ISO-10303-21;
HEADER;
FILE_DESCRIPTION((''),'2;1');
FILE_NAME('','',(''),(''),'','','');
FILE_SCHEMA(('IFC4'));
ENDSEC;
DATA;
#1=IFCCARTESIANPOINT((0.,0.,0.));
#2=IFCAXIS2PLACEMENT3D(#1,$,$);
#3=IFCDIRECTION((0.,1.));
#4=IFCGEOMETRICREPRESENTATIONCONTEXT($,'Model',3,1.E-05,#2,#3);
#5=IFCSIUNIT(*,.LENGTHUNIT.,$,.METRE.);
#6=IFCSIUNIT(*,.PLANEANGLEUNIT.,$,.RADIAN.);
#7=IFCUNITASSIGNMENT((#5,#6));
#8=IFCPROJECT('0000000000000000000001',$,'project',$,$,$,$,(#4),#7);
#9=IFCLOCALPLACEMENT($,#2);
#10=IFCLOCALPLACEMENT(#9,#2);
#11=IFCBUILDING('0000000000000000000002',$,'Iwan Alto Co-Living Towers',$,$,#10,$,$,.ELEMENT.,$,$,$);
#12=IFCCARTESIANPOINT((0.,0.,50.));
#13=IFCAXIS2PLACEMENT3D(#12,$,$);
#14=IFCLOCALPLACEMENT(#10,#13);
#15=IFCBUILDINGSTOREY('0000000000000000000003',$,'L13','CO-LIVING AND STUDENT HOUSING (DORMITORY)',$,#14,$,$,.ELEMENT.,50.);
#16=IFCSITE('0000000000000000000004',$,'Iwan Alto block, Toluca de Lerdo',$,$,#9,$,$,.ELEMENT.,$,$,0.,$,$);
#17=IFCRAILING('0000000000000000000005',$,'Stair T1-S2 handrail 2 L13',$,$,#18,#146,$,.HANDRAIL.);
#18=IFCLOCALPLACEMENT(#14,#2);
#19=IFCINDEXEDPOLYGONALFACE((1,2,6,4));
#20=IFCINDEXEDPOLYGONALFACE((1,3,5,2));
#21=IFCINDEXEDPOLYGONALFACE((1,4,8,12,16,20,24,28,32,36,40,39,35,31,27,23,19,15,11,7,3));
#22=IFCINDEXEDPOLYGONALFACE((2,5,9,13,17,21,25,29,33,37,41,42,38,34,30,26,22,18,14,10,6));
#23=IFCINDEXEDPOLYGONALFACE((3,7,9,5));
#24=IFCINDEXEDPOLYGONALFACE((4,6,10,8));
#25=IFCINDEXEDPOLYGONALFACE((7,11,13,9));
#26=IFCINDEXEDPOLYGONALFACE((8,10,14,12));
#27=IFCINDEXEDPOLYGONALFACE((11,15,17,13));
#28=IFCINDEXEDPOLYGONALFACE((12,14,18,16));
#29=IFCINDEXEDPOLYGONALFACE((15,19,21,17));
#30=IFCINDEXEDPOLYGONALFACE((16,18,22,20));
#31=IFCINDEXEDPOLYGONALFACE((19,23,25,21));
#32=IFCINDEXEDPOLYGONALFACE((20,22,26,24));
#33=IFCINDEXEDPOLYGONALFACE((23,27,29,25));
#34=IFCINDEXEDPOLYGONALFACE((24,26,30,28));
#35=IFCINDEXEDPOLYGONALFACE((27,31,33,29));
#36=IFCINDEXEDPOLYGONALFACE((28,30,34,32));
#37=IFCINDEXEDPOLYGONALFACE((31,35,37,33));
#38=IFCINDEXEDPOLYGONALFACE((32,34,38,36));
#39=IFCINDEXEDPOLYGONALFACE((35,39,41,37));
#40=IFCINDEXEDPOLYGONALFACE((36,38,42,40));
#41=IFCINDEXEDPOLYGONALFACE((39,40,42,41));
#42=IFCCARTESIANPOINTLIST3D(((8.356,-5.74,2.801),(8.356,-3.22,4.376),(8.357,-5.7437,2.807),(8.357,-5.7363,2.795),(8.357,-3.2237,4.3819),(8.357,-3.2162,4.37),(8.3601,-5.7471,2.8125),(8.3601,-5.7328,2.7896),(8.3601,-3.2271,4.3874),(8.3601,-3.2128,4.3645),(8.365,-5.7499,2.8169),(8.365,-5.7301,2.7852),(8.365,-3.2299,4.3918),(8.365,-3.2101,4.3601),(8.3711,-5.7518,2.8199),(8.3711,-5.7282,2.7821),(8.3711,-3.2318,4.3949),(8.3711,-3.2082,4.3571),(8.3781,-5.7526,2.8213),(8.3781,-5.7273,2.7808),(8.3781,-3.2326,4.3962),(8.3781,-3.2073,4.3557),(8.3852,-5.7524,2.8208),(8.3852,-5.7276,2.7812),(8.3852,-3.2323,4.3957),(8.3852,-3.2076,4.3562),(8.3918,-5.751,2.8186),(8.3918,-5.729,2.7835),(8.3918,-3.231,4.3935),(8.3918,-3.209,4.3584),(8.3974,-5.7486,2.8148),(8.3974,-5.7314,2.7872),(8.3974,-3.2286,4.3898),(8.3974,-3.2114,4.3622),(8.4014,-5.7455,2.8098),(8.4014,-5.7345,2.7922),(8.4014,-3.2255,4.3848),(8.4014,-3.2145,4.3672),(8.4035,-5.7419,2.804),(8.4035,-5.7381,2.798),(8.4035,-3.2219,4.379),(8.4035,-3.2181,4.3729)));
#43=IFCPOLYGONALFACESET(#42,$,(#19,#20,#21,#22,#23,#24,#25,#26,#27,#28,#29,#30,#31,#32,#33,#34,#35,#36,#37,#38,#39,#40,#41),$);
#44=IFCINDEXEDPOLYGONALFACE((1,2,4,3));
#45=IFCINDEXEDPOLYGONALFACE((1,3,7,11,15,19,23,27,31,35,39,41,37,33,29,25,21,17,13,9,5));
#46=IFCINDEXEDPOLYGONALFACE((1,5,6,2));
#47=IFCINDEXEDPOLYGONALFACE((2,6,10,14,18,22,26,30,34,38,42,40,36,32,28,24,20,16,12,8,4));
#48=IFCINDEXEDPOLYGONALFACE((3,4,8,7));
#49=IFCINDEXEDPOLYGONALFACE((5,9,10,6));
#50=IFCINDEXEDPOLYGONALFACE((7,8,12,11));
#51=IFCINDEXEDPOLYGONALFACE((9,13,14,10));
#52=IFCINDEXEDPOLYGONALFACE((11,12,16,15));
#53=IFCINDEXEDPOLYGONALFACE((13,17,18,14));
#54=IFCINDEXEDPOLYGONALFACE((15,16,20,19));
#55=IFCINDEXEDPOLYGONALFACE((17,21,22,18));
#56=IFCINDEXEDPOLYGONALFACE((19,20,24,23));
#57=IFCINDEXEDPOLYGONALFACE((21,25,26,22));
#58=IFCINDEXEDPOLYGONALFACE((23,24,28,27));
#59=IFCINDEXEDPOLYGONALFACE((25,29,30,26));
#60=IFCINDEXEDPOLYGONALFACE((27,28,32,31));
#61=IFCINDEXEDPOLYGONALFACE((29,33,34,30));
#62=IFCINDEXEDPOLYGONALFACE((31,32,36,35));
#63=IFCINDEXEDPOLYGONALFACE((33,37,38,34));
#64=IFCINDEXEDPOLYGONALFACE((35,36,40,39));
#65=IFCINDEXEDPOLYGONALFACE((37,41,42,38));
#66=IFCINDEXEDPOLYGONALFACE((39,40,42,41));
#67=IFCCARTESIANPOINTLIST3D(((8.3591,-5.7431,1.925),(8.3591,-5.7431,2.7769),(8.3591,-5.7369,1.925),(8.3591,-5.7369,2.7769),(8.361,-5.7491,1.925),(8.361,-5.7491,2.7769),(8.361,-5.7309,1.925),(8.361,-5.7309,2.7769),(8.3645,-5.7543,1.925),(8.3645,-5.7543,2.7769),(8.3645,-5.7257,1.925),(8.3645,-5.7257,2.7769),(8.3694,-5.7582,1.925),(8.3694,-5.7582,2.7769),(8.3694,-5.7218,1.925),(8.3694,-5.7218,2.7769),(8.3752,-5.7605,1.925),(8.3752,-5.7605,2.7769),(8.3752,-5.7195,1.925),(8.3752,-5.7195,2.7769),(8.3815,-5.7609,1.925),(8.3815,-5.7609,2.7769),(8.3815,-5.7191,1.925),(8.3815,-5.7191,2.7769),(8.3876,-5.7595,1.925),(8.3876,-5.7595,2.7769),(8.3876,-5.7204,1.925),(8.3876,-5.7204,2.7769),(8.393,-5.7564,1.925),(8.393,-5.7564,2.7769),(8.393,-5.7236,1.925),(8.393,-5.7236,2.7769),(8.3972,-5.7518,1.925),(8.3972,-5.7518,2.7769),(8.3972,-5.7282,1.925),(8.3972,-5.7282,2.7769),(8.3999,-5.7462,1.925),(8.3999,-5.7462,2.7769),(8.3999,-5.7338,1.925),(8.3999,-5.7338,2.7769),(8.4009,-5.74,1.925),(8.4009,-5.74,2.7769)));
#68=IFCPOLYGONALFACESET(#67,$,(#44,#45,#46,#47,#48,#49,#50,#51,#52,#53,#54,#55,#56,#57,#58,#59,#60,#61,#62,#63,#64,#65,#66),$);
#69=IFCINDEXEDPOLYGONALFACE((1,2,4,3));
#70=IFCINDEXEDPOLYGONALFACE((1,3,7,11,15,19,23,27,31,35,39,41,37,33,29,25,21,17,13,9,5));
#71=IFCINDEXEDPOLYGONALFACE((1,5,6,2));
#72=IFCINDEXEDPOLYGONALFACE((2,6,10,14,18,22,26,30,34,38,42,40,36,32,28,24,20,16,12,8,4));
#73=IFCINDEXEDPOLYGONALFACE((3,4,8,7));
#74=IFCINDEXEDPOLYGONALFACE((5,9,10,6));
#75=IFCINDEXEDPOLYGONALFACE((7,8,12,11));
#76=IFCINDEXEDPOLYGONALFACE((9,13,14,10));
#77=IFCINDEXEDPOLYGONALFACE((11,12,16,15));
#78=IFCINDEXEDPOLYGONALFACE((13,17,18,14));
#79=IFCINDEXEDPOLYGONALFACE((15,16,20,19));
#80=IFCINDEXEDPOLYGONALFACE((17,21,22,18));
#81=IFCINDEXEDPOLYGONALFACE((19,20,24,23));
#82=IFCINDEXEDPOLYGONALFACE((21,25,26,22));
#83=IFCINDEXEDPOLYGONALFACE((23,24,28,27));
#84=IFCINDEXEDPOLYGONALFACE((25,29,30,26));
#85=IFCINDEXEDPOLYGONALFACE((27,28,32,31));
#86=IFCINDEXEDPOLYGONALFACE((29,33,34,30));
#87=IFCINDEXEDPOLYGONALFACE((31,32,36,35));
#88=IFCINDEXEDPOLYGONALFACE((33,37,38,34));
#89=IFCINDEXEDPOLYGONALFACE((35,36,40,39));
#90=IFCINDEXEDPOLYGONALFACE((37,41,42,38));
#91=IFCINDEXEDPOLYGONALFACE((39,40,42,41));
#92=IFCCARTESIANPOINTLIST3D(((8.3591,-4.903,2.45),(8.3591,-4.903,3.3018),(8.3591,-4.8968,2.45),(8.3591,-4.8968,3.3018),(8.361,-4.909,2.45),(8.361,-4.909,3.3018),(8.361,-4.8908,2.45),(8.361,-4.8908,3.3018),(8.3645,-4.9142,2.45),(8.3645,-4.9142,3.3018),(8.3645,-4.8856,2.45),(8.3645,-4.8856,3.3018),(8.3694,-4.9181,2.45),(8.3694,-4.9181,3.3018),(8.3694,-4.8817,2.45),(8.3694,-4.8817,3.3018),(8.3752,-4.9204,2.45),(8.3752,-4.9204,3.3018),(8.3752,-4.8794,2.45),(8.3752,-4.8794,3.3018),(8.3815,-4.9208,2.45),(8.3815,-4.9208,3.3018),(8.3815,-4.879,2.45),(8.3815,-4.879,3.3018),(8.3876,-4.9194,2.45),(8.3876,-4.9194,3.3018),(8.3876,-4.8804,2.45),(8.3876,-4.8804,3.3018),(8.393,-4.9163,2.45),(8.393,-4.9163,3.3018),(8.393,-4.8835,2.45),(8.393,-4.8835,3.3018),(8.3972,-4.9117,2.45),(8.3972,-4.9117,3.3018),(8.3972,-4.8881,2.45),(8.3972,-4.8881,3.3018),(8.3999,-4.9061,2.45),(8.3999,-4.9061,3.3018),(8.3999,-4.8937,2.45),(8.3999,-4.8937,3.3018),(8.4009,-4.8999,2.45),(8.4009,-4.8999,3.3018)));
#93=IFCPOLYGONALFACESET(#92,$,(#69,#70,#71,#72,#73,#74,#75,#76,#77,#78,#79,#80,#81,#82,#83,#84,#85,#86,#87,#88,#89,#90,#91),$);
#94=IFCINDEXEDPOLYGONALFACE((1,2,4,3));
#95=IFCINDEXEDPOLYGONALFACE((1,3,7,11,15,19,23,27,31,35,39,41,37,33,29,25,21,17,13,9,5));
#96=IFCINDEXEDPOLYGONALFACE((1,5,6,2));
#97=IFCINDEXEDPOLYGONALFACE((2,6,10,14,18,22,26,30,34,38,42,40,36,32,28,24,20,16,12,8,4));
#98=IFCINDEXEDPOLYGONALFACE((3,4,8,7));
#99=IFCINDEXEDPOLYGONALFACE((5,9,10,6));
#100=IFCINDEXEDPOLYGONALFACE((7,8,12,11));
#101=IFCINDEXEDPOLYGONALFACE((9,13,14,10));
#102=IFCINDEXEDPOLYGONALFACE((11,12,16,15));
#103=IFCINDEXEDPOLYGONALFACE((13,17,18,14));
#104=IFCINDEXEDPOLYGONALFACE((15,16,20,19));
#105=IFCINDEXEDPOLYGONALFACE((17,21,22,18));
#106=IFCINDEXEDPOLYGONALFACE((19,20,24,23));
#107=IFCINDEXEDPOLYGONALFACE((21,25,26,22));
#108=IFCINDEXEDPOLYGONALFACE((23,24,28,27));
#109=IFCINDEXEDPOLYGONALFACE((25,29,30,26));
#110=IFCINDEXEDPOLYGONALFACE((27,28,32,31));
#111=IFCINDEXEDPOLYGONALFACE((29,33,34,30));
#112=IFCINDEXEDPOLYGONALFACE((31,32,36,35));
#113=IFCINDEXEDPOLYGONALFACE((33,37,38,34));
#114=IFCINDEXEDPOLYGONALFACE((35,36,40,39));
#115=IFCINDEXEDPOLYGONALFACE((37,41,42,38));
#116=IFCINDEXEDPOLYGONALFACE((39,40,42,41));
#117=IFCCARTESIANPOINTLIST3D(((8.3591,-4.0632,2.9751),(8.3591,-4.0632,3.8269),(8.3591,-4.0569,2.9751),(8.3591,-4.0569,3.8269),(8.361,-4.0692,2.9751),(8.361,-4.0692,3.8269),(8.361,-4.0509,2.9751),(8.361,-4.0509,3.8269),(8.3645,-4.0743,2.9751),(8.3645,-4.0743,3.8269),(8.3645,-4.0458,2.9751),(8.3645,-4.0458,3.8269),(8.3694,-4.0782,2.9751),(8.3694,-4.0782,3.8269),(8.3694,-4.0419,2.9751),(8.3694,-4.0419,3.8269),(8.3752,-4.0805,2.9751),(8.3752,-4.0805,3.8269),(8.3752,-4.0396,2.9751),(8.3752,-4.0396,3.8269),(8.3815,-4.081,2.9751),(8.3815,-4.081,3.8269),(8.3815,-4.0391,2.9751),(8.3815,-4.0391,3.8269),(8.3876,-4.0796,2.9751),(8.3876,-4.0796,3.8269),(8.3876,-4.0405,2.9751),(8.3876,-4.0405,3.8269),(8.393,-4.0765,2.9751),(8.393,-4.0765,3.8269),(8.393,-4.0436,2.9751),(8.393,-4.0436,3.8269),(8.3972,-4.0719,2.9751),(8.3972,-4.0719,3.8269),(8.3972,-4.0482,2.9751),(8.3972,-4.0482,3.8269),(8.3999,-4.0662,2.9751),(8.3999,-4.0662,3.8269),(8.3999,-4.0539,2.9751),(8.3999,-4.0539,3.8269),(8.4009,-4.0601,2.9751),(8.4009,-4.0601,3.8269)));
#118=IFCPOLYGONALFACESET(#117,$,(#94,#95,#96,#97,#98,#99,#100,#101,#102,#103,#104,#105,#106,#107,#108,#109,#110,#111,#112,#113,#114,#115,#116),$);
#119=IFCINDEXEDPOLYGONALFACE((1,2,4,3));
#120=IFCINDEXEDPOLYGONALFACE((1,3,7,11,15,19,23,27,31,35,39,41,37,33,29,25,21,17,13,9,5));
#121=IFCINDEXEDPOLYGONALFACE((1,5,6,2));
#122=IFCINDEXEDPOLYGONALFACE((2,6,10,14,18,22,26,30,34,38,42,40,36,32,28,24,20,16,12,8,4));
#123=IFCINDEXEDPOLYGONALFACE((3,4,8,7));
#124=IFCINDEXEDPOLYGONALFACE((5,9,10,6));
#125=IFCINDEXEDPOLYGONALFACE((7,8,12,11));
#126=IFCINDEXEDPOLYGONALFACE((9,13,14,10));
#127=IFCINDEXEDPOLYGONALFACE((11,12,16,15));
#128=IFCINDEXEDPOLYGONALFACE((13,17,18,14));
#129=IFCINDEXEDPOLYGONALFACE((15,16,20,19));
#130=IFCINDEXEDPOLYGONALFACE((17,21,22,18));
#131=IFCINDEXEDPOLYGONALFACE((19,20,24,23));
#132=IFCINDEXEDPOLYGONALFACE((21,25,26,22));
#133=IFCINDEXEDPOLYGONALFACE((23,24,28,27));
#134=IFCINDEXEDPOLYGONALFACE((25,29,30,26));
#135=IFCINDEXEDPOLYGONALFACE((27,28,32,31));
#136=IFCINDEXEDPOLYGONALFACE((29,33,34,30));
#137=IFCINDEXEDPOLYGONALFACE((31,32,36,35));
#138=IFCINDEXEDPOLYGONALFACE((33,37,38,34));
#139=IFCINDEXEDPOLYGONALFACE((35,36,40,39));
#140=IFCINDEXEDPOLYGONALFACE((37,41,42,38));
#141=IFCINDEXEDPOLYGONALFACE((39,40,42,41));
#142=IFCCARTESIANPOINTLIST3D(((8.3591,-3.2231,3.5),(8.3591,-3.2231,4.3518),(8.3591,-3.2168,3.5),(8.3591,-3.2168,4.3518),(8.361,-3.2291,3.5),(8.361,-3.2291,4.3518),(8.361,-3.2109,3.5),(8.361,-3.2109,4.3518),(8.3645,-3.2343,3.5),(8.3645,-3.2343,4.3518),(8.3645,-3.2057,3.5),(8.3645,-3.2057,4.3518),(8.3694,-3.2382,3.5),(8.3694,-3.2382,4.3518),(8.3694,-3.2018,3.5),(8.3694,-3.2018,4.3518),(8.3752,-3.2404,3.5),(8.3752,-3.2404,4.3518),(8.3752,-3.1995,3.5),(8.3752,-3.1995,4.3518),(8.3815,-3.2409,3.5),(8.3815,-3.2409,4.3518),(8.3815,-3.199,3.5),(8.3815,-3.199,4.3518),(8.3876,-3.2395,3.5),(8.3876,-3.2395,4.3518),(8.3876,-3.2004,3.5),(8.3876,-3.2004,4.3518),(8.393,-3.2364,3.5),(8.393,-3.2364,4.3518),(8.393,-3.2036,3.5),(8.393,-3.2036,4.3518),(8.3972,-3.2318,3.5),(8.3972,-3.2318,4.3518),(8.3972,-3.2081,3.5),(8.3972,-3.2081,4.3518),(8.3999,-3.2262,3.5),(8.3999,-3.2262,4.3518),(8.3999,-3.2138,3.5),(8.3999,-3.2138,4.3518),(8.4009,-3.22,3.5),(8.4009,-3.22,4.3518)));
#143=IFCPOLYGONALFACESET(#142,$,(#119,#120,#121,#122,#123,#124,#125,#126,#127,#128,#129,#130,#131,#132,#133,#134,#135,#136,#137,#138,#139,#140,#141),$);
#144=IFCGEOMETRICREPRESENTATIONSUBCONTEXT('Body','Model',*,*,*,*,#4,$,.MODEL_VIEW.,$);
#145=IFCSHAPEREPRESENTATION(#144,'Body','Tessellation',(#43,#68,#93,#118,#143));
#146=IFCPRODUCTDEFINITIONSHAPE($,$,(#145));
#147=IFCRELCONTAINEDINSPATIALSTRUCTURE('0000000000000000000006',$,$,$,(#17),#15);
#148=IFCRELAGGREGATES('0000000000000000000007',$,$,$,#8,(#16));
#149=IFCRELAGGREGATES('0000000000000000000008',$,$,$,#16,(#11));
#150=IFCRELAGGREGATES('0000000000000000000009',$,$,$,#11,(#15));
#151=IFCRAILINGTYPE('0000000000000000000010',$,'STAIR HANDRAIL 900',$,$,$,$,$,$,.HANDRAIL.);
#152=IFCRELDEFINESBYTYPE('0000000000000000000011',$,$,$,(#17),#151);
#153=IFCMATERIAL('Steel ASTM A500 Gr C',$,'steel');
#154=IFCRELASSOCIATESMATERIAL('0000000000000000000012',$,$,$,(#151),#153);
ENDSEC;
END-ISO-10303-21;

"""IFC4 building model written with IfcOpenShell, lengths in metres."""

from ifc_helpers import new_model, si_unit, direction, frame, origin, origin_2d, place, context, subcontext, project, spatial, circle, extrude, material, type_object, element, save


model = new_model("IFC4")

# Units and contexts
model_context = context("Model", 3, precision=1e-05, world=origin(), true_north=direction((0.0, 1.0)))
body_context = subcontext(model_context, "Body", "Model", "MODEL_VIEW")
ifc_project = project(units=[si_unit("LENGTHUNIT", "METRE"), si_unit("PLANEANGLEUNIT", "RADIAN")], contexts=[model_context])

# Site, building, storey
site_placement = place(None, origin())
site = spatial("IfcSite", under=ifc_project, at=site_placement, Name="Iwan Alto block, Toluca de Lerdo", CompositionType="ELEMENT", RefElevation=0.0)
building_placement = place(site_placement, origin())
building = spatial("IfcBuilding", under=site, at=building_placement, Name="Iwan Alto Co-Living Towers", CompositionType="ELEMENT")
storey_placement = place(building_placement, frame((0.0, 0.0, 50.0)))
storey = spatial("IfcBuildingStorey", under=building, at=storey_placement, Name="L13", Description="CO-LIVING AND STUDENT HOUSING (DORMITORY)", CompositionType="ELEMENT", Elevation=50.0)

# Railing
ifc_material_1 = material(Name="Steel ASTM A500 Gr C", Category="steel")
railing_type_1 = type_object("IfcRailingType", Name="STAIR HANDRAIL 900", PredefinedType="HANDRAIL", material=ifc_material_1)
railing_1_placement = place(storey_placement, frame((8.3799, -5.74, 1.925)))
element("IfcRailing", 1, at=railing_1_placement, inside=storey, type_object=railing_type_1, Name="Stair T1-S2 handrail 2 L13", PredefinedType="HANDRAIL", context=body_context, shape_type="SweptSolid", body=[
    extrude(circle(Radius=0.0239, at=origin_2d()), frame((0.0, 0.0, 0.876), z_axis=(0.0, 0.848008, 0.529984), x_axis=(-1.0, 0.0, 0.0)), (0.0, 0.0, 1.0), 2.9717),
    extrude(circle(Radius=0.021, at=origin_2d()), origin(), (0.0, 0.0, 1.0), 0.8518),
    extrude(circle(Radius=0.021, at=origin_2d()), frame((0.0, 0.8401, 0.5249)), (0.0, 0.0, 1.0), 0.8518),
    extrude(circle(Radius=0.021, at=origin_2d()), frame((0.0, 1.6799, 1.05)), (0.0, 0.0, 1.0), 0.8518),
    extrude(circle(Radius=0.021, at=origin_2d()), frame((0.0, 2.52, 1.575)), (0.0, 0.0, 1.0), 0.8518),
])

save(model, "model.ifc")
